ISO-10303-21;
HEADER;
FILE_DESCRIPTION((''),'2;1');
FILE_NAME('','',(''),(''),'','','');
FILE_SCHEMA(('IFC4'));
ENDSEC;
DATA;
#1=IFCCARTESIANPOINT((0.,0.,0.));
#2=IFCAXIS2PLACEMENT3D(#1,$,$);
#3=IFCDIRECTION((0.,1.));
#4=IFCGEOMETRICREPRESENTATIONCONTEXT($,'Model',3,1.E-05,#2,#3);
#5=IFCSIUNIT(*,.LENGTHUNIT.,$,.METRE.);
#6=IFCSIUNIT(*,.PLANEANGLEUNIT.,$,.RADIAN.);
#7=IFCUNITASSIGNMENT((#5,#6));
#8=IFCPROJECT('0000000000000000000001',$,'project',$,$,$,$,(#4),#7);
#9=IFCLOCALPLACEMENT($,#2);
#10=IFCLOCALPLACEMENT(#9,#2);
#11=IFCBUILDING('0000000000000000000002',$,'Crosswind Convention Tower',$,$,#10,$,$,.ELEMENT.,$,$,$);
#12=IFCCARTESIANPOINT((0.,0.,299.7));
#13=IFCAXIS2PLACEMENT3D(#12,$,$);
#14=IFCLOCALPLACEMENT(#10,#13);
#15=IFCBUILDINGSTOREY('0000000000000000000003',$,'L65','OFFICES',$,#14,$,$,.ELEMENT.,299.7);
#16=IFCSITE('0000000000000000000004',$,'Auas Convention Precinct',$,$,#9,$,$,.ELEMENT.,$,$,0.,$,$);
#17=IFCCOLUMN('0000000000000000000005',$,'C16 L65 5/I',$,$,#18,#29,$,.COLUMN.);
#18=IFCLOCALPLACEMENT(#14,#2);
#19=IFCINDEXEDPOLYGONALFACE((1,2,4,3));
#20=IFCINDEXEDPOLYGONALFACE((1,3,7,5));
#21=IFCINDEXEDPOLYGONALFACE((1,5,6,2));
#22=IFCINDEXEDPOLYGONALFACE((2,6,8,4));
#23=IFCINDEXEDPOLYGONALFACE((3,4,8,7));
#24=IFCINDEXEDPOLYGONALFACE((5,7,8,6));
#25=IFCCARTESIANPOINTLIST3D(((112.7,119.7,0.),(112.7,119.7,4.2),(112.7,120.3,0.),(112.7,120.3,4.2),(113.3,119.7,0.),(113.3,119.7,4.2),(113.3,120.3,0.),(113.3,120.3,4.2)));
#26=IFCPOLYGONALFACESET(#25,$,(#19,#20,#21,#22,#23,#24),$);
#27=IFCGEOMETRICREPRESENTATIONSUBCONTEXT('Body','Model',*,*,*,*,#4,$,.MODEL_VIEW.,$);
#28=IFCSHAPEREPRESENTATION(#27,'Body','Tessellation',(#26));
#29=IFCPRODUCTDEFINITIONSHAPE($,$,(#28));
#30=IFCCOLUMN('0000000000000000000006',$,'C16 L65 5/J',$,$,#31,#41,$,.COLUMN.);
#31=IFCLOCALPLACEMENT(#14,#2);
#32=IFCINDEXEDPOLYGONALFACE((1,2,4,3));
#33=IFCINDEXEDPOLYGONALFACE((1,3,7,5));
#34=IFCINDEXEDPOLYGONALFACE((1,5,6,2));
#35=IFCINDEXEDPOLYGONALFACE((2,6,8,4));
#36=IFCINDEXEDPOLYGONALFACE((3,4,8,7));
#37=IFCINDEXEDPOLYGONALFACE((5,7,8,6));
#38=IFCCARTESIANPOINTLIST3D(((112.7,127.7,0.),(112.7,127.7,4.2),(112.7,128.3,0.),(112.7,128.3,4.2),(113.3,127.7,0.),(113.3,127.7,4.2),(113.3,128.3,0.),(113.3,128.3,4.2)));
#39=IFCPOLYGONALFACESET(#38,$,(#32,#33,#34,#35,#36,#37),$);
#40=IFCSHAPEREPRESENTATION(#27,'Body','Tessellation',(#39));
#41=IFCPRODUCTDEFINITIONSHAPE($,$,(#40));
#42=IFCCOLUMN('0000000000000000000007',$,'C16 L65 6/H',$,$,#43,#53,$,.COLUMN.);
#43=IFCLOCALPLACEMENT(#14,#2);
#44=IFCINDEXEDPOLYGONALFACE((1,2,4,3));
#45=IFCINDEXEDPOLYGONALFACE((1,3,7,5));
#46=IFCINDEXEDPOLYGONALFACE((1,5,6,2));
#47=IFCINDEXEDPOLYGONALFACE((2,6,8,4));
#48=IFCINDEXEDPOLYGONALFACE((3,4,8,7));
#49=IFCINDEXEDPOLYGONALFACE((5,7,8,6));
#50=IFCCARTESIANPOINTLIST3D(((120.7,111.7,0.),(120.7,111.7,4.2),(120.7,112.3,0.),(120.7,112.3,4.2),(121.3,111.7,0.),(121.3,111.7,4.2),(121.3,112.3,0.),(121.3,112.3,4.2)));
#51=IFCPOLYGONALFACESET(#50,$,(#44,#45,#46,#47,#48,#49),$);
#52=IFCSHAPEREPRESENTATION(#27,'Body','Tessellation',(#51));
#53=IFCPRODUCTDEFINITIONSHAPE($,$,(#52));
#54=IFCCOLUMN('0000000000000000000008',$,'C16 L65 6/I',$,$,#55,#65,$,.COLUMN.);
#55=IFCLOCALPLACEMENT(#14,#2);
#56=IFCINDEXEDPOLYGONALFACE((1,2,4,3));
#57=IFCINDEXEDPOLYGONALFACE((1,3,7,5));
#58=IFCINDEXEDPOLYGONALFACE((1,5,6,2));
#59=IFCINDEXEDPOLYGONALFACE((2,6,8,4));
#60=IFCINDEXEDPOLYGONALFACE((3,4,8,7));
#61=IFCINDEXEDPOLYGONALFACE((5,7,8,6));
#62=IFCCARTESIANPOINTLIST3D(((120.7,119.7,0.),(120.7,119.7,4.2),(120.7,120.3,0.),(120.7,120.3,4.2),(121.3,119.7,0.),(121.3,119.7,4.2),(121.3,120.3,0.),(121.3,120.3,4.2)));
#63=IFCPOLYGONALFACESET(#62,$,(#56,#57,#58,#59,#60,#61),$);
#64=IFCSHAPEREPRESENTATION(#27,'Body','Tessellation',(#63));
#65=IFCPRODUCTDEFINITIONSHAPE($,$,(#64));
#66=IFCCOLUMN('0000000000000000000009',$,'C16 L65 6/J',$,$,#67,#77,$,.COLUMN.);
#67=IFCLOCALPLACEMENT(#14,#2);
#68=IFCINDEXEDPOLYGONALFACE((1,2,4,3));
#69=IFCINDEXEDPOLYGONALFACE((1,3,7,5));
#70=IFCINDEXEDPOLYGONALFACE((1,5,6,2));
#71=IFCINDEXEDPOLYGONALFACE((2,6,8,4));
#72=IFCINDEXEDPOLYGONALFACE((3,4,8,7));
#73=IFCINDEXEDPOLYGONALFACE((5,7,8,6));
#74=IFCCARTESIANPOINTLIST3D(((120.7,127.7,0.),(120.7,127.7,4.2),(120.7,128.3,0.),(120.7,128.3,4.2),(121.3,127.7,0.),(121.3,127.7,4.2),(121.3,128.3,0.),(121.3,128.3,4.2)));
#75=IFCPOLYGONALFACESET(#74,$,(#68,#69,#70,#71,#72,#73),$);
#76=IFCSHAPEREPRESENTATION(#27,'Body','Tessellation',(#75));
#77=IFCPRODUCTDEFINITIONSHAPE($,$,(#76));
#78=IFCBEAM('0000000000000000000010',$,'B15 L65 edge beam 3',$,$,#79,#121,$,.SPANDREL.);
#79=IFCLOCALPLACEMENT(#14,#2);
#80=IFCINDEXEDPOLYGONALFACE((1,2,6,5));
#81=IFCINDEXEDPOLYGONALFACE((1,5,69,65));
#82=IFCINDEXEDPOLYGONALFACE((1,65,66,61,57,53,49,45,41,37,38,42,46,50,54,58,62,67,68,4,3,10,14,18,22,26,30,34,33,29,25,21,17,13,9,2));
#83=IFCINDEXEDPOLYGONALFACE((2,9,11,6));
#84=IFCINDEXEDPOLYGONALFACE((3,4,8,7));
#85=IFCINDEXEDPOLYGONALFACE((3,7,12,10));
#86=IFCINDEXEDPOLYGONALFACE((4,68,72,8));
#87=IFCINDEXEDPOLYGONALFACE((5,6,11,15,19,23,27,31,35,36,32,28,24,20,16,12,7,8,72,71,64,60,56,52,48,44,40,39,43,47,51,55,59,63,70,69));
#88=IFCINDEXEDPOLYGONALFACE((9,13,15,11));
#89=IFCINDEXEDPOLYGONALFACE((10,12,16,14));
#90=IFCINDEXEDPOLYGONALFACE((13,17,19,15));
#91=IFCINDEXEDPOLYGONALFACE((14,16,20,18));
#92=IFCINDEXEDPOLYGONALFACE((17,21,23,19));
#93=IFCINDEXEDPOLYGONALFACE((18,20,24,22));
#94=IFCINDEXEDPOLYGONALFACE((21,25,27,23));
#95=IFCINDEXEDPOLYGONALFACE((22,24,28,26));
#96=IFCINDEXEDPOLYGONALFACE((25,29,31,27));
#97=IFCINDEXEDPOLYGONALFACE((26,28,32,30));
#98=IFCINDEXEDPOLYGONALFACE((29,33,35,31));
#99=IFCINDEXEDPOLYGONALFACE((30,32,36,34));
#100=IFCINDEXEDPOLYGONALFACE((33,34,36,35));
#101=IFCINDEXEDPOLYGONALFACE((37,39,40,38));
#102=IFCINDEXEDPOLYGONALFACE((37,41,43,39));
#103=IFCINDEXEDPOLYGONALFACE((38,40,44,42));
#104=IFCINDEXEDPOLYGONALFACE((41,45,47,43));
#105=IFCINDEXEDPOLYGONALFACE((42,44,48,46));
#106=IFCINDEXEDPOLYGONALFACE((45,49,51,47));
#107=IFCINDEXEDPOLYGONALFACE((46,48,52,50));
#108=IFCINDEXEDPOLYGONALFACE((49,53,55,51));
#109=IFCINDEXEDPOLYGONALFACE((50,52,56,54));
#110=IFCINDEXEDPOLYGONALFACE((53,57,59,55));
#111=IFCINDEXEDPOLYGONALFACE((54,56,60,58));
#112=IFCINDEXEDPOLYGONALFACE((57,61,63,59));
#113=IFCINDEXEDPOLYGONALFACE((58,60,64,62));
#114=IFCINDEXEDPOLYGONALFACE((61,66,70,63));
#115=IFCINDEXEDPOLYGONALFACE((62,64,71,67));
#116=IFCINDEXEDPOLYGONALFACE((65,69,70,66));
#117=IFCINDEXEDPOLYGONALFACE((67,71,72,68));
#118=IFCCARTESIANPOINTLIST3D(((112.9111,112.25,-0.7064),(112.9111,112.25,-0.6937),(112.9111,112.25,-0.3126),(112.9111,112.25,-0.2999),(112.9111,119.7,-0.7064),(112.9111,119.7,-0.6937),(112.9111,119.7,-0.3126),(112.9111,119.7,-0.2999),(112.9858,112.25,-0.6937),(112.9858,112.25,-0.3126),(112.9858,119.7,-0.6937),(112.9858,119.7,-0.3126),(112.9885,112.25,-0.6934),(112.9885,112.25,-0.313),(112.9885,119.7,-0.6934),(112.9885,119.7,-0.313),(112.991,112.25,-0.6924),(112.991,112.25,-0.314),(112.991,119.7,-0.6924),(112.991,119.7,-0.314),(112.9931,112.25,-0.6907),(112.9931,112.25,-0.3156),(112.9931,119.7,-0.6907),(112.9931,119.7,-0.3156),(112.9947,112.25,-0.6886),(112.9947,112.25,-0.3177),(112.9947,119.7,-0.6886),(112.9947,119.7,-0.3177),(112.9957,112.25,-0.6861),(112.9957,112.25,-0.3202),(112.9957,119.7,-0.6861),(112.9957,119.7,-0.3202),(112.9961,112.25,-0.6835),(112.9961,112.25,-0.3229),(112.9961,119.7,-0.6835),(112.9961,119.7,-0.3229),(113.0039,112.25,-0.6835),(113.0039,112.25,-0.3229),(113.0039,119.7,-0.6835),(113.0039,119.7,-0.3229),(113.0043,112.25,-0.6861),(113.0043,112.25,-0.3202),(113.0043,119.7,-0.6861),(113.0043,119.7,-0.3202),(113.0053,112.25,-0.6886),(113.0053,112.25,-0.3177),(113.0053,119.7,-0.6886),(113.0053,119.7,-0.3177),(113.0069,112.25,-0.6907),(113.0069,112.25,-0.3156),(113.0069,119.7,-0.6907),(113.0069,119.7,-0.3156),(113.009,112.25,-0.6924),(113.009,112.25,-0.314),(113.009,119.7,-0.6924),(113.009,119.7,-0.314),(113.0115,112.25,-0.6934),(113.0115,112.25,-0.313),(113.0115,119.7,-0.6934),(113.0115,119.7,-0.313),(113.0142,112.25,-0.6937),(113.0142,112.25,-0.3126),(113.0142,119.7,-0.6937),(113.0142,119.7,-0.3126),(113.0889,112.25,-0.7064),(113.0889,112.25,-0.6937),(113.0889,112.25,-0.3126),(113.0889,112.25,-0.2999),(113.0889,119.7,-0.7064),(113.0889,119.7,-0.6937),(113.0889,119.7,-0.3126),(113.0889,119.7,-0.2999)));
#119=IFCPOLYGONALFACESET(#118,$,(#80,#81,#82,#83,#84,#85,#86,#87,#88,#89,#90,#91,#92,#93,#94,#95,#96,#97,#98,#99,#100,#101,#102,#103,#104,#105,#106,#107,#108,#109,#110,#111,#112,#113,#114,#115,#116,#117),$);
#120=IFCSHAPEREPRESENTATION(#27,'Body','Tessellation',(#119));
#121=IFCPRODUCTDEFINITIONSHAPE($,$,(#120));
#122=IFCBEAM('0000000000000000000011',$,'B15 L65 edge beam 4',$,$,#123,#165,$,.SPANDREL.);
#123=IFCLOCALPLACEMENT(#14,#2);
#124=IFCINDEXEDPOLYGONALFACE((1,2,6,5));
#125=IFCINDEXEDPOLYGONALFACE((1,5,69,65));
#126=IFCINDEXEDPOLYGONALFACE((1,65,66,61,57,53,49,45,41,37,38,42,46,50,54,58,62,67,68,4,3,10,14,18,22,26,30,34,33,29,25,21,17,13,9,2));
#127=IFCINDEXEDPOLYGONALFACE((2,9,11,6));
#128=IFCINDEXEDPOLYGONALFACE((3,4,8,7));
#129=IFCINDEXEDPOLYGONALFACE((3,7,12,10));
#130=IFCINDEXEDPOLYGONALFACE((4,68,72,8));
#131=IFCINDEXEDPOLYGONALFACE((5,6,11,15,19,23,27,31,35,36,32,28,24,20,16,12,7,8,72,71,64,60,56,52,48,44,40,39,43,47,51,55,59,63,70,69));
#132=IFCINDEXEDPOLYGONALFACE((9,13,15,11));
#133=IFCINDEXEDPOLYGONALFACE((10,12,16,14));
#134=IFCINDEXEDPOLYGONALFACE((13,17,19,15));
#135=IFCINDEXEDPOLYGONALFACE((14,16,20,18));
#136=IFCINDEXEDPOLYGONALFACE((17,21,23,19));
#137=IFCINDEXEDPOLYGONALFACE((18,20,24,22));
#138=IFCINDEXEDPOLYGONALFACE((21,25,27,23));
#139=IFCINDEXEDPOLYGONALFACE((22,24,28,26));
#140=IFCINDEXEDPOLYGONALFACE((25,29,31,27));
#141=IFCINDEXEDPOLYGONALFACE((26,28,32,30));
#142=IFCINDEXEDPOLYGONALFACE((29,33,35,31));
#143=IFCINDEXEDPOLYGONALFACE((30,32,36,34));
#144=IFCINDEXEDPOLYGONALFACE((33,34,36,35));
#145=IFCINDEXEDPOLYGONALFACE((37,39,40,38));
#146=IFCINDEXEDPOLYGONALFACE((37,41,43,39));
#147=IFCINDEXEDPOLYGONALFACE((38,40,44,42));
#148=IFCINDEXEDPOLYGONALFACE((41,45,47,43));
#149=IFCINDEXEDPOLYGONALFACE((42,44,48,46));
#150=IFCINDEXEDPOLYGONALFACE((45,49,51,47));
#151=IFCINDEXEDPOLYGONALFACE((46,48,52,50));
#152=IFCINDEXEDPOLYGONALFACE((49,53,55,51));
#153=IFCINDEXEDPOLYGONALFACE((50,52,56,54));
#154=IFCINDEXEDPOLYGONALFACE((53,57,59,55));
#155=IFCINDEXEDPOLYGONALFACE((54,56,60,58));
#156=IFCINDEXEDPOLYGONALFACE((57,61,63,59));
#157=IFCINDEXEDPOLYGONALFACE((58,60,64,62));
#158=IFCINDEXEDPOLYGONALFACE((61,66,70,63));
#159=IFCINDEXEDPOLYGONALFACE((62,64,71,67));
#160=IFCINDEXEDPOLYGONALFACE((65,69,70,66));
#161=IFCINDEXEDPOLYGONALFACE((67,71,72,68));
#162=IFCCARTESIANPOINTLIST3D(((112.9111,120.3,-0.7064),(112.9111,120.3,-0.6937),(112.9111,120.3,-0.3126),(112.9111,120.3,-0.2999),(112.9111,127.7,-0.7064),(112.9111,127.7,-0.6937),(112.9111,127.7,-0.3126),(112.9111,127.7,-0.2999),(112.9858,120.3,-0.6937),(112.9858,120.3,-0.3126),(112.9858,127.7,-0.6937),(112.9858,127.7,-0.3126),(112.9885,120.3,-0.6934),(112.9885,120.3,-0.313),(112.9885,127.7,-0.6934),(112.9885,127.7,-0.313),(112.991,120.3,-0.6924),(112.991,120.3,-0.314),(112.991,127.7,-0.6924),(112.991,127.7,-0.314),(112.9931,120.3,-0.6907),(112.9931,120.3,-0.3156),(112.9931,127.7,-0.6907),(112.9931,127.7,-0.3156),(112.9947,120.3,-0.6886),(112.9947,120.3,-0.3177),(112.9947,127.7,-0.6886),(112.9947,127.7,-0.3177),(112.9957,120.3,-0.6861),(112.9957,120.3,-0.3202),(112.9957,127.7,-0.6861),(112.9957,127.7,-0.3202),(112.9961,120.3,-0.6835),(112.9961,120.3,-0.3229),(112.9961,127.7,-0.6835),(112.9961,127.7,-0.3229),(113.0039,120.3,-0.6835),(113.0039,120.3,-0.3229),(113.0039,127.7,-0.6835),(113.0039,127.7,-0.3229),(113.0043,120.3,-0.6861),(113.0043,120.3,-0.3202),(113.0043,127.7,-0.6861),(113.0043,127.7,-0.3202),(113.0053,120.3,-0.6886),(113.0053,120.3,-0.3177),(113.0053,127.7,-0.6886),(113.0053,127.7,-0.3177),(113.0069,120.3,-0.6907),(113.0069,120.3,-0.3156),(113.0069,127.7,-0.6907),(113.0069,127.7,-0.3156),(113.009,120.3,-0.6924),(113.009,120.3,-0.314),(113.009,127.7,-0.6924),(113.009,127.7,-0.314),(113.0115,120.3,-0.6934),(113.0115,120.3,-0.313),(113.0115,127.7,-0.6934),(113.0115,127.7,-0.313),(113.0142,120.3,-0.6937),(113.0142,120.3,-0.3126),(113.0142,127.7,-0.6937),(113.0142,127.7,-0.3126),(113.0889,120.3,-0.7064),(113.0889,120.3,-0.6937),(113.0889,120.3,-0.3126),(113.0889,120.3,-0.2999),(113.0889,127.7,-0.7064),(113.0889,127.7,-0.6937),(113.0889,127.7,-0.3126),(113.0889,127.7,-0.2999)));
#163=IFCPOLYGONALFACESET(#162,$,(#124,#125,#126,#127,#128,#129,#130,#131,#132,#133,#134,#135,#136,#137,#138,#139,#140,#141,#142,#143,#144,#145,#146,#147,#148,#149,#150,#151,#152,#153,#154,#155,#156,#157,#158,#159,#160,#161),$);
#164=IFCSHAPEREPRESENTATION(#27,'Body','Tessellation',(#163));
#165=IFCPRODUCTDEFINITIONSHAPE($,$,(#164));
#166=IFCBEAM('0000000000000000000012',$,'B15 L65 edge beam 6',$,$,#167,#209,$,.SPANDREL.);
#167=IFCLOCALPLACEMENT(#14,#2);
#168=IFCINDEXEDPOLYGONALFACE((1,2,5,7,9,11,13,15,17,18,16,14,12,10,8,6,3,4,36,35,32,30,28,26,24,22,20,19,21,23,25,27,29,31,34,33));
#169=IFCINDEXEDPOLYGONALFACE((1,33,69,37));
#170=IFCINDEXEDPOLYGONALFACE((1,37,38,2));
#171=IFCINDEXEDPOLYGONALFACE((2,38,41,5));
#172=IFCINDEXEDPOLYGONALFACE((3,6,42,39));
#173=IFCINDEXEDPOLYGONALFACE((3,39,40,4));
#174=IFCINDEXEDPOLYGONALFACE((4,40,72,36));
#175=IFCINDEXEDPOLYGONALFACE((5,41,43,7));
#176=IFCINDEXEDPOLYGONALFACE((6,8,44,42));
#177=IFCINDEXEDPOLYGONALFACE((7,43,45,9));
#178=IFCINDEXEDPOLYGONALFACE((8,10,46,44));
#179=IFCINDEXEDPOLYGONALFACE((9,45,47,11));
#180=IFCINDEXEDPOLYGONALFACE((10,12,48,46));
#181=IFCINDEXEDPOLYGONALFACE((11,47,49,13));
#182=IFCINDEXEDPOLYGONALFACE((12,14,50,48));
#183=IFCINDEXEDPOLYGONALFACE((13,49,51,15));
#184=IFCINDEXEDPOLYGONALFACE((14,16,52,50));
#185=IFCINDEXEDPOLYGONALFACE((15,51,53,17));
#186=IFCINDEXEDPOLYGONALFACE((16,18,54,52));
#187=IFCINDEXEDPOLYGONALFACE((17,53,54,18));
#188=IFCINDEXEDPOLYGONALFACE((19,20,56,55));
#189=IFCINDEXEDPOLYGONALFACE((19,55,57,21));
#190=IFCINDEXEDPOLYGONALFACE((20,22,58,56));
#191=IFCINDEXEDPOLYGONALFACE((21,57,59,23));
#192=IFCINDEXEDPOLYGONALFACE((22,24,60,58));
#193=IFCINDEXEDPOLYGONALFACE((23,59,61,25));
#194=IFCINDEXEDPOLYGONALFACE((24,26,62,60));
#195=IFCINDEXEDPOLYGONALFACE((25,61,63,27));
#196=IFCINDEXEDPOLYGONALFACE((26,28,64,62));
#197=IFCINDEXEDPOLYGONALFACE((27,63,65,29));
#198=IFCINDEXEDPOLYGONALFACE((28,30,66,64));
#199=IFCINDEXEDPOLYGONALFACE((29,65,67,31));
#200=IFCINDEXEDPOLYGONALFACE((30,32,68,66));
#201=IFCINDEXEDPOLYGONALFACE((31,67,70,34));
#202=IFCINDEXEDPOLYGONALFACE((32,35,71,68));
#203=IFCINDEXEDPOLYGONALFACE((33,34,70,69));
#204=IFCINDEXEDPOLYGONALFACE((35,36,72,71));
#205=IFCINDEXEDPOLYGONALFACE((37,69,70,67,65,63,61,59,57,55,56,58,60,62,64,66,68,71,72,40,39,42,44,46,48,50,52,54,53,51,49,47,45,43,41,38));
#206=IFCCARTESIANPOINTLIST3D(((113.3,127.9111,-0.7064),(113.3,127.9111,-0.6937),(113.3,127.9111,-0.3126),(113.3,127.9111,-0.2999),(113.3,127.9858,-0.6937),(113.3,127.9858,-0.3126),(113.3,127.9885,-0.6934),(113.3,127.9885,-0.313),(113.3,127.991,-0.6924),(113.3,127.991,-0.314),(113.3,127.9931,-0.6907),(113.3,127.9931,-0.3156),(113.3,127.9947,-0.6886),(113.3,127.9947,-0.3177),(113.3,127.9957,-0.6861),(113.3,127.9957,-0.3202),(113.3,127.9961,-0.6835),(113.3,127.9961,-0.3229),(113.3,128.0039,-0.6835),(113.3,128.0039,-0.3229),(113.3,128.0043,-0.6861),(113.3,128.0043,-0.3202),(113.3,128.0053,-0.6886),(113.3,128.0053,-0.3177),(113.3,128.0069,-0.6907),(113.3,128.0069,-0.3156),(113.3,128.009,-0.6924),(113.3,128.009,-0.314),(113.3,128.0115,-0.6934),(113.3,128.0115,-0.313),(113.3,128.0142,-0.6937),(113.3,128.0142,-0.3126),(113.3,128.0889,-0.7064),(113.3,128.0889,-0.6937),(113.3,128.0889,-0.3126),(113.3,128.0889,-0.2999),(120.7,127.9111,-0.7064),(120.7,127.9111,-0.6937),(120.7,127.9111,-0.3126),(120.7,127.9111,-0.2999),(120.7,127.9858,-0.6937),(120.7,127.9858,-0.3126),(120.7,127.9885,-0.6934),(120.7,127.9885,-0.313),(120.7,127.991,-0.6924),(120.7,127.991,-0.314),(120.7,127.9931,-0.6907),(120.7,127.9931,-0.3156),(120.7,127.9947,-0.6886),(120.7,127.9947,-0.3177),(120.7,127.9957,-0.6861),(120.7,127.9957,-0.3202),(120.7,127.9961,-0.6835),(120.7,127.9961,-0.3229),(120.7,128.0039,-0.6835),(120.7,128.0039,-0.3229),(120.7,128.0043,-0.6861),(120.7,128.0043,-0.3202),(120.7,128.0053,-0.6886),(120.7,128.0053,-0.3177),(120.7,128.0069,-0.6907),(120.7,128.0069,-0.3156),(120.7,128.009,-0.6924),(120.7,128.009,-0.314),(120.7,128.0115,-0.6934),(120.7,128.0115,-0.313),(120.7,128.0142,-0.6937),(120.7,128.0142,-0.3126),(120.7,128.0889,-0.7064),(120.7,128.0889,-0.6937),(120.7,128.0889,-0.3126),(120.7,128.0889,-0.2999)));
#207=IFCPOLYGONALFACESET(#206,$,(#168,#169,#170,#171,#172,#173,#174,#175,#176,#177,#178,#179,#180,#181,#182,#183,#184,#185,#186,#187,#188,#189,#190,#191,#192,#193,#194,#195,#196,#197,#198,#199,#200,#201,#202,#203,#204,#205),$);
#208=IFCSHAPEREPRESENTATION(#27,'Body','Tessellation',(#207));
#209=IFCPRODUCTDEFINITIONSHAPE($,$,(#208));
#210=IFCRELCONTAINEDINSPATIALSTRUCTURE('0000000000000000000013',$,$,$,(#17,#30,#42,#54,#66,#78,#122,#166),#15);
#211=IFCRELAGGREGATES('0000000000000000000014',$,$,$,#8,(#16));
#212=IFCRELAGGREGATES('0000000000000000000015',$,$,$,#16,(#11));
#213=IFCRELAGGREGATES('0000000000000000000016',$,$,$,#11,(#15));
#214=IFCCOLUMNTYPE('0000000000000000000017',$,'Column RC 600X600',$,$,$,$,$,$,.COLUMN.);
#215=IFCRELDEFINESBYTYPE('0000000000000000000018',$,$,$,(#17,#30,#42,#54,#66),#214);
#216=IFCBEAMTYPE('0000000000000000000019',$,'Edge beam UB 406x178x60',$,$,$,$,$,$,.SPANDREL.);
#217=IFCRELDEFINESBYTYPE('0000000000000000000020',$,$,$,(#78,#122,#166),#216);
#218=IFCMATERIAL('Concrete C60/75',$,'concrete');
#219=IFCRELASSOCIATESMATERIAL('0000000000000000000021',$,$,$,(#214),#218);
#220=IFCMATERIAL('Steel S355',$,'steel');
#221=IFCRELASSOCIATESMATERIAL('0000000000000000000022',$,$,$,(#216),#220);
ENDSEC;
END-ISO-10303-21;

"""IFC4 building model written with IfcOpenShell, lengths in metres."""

from ifc_helpers import new_model, si_unit, direction, frame, origin, origin_2d, place, context, subcontext, project, spatial, rectangle, i_section, extrude, material, material_profile, profile_set, type_object, element, save


model = new_model("IFC4")

# Units and contexts
model_context = context("Model", 3, precision=1e-05, world=origin(), true_north=direction((0.0, 1.0)))
body_context = subcontext(model_context, "Body", "Model", "MODEL_VIEW")
ifc_project = project(units=[si_unit("LENGTHUNIT", "METRE"), si_unit("PLANEANGLEUNIT", "RADIAN")], contexts=[model_context])

# Site, building, storey
site_placement = place(None, origin())
site = spatial("IfcSite", under=ifc_project, at=site_placement, Name="Auas Convention Precinct", CompositionType="ELEMENT", RefElevation=0.0)
building_placement = place(site_placement, origin())
building = spatial("IfcBuilding", under=site, at=building_placement, Name="Crosswind Convention Tower", CompositionType="ELEMENT")
storey_placement = place(building_placement, frame((0.0, 0.0, 299.7)))
storey = spatial("IfcBuildingStorey", under=building, at=storey_placement, Name="L65", Description="OFFICES", CompositionType="ELEMENT", Elevation=299.7)

# Columns
ifc_material_1 = material(Name="Concrete C60/75", Category="concrete")
ifc_material_profile_1 = material_profile(ifc_material_1, rectangle(XDim=0.6001, YDim=0.6001, at=origin_2d()), Name="RC 600X600")
ifc_profile_set_1 = profile_set([ifc_material_profile_1], Name="Concrete C60/75")
column_type = type_object("IfcColumnType", Name="Column RC 600X600", PredefinedType="COLUMN", material=ifc_profile_set_1)
for number, where, z_axis, x_axis, name in (
    (1, (113.0, 120.0, 0.0), (0.0, 0.0, 1.0), (1.0, 0.0, 0.0), "C16 L65 5/I"),
    (2, (113.0, 128.0, 0.0), (0.0, 0.0, 1.0), (1.0, 0.0, 0.0), "C16 L65 5/J"),
    (3, (121.0, 112.0, 0.0), (0.0, 0.0, 1.0), (1.0, 0.0, 0.0), "C16 L65 6/H"),
    (4, (121.0, 120.0, 0.0), (0.0, 0.0, 1.0), (1.0, 0.0, 0.0), "C16 L65 6/I"),
    (5, (121.0, 128.0, 0.0), (0.0, 0.0, 1.0), (1.0, 0.0, 0.0), "C16 L65 6/J"),
):
    element("IfcColumn", number, at=place(storey_placement, frame(where, z_axis=z_axis, x_axis=x_axis)), inside=storey, type_object=column_type, Name=name, PredefinedType="COLUMN", context=body_context, shape_type="SweptSolid", body=[
        extrude(rectangle(XDim=0.6001, YDim=0.6001, at=origin_2d()), origin(), (0.0, 0.0, 1.0), 4.2),
    ])

# Beams
ifc_material_2 = material(Name="Steel S355", Category="steel")
ifc_material_profile_2 = material_profile(ifc_material_2, i_section(OverallWidth=0.1777, OverallDepth=0.4065, WebThickness=0.0078, FlangeThickness=0.0127, FilletRadius=0.0103, at=origin_2d()), Name="UB 406x178x60")
ifc_profile_set_2 = profile_set([ifc_material_profile_2], Name="Steel S355")
beam_type_1 = type_object("IfcBeamType", Name="Edge beam UB 406x178x60", PredefinedType="SPANDREL", material=ifc_profile_set_2)
beam_1_placement = place(storey_placement, frame((113.0, 112.25, -0.5032), z_axis=(0.0, 1.0, 0.0), x_axis=(-1.0, 0.0, 0.0)))
element("IfcBeam", 6, at=beam_1_placement, inside=storey, type_object=beam_type_1, Name="B15 L65 edge beam 3", PredefinedType="SPANDREL", context=body_context, shape_type="SweptSolid", body=[
    extrude(i_section(OverallWidth=0.1777, OverallDepth=0.4065, WebThickness=0.0078, FlangeThickness=0.0127, FilletRadius=0.0103, at=origin_2d()), origin(), (0.0, 0.0, 1.0), 7.45),
])
for number, where, z_axis, x_axis, name in (
    (7, (113.0, 120.3, -0.5032), (0.0, 1.0, 0.0), (-1.0, 0.0, 0.0), "B15 L65 edge beam 4"),
    (8, (113.3, 128.0, -0.5032), (1.0, 0.0, 0.0), (0.0, 1.0, 0.0), "B15 L65 edge beam 6"),
):
    element("IfcBeam", number, at=place(storey_placement, frame(where, z_axis=z_axis, x_axis=x_axis)), inside=storey, type_object=beam_type_1, Name=name, PredefinedType="SPANDREL", context=body_context, shape_type="SweptSolid", body=[
        extrude(i_section(OverallWidth=0.1777, OverallDepth=0.4065, WebThickness=0.0078, FlangeThickness=0.0127, FilletRadius=0.0103, at=origin_2d()), origin(), (0.0, 0.0, 1.0), 7.3999),
    ])

save(model, "model.ifc")
